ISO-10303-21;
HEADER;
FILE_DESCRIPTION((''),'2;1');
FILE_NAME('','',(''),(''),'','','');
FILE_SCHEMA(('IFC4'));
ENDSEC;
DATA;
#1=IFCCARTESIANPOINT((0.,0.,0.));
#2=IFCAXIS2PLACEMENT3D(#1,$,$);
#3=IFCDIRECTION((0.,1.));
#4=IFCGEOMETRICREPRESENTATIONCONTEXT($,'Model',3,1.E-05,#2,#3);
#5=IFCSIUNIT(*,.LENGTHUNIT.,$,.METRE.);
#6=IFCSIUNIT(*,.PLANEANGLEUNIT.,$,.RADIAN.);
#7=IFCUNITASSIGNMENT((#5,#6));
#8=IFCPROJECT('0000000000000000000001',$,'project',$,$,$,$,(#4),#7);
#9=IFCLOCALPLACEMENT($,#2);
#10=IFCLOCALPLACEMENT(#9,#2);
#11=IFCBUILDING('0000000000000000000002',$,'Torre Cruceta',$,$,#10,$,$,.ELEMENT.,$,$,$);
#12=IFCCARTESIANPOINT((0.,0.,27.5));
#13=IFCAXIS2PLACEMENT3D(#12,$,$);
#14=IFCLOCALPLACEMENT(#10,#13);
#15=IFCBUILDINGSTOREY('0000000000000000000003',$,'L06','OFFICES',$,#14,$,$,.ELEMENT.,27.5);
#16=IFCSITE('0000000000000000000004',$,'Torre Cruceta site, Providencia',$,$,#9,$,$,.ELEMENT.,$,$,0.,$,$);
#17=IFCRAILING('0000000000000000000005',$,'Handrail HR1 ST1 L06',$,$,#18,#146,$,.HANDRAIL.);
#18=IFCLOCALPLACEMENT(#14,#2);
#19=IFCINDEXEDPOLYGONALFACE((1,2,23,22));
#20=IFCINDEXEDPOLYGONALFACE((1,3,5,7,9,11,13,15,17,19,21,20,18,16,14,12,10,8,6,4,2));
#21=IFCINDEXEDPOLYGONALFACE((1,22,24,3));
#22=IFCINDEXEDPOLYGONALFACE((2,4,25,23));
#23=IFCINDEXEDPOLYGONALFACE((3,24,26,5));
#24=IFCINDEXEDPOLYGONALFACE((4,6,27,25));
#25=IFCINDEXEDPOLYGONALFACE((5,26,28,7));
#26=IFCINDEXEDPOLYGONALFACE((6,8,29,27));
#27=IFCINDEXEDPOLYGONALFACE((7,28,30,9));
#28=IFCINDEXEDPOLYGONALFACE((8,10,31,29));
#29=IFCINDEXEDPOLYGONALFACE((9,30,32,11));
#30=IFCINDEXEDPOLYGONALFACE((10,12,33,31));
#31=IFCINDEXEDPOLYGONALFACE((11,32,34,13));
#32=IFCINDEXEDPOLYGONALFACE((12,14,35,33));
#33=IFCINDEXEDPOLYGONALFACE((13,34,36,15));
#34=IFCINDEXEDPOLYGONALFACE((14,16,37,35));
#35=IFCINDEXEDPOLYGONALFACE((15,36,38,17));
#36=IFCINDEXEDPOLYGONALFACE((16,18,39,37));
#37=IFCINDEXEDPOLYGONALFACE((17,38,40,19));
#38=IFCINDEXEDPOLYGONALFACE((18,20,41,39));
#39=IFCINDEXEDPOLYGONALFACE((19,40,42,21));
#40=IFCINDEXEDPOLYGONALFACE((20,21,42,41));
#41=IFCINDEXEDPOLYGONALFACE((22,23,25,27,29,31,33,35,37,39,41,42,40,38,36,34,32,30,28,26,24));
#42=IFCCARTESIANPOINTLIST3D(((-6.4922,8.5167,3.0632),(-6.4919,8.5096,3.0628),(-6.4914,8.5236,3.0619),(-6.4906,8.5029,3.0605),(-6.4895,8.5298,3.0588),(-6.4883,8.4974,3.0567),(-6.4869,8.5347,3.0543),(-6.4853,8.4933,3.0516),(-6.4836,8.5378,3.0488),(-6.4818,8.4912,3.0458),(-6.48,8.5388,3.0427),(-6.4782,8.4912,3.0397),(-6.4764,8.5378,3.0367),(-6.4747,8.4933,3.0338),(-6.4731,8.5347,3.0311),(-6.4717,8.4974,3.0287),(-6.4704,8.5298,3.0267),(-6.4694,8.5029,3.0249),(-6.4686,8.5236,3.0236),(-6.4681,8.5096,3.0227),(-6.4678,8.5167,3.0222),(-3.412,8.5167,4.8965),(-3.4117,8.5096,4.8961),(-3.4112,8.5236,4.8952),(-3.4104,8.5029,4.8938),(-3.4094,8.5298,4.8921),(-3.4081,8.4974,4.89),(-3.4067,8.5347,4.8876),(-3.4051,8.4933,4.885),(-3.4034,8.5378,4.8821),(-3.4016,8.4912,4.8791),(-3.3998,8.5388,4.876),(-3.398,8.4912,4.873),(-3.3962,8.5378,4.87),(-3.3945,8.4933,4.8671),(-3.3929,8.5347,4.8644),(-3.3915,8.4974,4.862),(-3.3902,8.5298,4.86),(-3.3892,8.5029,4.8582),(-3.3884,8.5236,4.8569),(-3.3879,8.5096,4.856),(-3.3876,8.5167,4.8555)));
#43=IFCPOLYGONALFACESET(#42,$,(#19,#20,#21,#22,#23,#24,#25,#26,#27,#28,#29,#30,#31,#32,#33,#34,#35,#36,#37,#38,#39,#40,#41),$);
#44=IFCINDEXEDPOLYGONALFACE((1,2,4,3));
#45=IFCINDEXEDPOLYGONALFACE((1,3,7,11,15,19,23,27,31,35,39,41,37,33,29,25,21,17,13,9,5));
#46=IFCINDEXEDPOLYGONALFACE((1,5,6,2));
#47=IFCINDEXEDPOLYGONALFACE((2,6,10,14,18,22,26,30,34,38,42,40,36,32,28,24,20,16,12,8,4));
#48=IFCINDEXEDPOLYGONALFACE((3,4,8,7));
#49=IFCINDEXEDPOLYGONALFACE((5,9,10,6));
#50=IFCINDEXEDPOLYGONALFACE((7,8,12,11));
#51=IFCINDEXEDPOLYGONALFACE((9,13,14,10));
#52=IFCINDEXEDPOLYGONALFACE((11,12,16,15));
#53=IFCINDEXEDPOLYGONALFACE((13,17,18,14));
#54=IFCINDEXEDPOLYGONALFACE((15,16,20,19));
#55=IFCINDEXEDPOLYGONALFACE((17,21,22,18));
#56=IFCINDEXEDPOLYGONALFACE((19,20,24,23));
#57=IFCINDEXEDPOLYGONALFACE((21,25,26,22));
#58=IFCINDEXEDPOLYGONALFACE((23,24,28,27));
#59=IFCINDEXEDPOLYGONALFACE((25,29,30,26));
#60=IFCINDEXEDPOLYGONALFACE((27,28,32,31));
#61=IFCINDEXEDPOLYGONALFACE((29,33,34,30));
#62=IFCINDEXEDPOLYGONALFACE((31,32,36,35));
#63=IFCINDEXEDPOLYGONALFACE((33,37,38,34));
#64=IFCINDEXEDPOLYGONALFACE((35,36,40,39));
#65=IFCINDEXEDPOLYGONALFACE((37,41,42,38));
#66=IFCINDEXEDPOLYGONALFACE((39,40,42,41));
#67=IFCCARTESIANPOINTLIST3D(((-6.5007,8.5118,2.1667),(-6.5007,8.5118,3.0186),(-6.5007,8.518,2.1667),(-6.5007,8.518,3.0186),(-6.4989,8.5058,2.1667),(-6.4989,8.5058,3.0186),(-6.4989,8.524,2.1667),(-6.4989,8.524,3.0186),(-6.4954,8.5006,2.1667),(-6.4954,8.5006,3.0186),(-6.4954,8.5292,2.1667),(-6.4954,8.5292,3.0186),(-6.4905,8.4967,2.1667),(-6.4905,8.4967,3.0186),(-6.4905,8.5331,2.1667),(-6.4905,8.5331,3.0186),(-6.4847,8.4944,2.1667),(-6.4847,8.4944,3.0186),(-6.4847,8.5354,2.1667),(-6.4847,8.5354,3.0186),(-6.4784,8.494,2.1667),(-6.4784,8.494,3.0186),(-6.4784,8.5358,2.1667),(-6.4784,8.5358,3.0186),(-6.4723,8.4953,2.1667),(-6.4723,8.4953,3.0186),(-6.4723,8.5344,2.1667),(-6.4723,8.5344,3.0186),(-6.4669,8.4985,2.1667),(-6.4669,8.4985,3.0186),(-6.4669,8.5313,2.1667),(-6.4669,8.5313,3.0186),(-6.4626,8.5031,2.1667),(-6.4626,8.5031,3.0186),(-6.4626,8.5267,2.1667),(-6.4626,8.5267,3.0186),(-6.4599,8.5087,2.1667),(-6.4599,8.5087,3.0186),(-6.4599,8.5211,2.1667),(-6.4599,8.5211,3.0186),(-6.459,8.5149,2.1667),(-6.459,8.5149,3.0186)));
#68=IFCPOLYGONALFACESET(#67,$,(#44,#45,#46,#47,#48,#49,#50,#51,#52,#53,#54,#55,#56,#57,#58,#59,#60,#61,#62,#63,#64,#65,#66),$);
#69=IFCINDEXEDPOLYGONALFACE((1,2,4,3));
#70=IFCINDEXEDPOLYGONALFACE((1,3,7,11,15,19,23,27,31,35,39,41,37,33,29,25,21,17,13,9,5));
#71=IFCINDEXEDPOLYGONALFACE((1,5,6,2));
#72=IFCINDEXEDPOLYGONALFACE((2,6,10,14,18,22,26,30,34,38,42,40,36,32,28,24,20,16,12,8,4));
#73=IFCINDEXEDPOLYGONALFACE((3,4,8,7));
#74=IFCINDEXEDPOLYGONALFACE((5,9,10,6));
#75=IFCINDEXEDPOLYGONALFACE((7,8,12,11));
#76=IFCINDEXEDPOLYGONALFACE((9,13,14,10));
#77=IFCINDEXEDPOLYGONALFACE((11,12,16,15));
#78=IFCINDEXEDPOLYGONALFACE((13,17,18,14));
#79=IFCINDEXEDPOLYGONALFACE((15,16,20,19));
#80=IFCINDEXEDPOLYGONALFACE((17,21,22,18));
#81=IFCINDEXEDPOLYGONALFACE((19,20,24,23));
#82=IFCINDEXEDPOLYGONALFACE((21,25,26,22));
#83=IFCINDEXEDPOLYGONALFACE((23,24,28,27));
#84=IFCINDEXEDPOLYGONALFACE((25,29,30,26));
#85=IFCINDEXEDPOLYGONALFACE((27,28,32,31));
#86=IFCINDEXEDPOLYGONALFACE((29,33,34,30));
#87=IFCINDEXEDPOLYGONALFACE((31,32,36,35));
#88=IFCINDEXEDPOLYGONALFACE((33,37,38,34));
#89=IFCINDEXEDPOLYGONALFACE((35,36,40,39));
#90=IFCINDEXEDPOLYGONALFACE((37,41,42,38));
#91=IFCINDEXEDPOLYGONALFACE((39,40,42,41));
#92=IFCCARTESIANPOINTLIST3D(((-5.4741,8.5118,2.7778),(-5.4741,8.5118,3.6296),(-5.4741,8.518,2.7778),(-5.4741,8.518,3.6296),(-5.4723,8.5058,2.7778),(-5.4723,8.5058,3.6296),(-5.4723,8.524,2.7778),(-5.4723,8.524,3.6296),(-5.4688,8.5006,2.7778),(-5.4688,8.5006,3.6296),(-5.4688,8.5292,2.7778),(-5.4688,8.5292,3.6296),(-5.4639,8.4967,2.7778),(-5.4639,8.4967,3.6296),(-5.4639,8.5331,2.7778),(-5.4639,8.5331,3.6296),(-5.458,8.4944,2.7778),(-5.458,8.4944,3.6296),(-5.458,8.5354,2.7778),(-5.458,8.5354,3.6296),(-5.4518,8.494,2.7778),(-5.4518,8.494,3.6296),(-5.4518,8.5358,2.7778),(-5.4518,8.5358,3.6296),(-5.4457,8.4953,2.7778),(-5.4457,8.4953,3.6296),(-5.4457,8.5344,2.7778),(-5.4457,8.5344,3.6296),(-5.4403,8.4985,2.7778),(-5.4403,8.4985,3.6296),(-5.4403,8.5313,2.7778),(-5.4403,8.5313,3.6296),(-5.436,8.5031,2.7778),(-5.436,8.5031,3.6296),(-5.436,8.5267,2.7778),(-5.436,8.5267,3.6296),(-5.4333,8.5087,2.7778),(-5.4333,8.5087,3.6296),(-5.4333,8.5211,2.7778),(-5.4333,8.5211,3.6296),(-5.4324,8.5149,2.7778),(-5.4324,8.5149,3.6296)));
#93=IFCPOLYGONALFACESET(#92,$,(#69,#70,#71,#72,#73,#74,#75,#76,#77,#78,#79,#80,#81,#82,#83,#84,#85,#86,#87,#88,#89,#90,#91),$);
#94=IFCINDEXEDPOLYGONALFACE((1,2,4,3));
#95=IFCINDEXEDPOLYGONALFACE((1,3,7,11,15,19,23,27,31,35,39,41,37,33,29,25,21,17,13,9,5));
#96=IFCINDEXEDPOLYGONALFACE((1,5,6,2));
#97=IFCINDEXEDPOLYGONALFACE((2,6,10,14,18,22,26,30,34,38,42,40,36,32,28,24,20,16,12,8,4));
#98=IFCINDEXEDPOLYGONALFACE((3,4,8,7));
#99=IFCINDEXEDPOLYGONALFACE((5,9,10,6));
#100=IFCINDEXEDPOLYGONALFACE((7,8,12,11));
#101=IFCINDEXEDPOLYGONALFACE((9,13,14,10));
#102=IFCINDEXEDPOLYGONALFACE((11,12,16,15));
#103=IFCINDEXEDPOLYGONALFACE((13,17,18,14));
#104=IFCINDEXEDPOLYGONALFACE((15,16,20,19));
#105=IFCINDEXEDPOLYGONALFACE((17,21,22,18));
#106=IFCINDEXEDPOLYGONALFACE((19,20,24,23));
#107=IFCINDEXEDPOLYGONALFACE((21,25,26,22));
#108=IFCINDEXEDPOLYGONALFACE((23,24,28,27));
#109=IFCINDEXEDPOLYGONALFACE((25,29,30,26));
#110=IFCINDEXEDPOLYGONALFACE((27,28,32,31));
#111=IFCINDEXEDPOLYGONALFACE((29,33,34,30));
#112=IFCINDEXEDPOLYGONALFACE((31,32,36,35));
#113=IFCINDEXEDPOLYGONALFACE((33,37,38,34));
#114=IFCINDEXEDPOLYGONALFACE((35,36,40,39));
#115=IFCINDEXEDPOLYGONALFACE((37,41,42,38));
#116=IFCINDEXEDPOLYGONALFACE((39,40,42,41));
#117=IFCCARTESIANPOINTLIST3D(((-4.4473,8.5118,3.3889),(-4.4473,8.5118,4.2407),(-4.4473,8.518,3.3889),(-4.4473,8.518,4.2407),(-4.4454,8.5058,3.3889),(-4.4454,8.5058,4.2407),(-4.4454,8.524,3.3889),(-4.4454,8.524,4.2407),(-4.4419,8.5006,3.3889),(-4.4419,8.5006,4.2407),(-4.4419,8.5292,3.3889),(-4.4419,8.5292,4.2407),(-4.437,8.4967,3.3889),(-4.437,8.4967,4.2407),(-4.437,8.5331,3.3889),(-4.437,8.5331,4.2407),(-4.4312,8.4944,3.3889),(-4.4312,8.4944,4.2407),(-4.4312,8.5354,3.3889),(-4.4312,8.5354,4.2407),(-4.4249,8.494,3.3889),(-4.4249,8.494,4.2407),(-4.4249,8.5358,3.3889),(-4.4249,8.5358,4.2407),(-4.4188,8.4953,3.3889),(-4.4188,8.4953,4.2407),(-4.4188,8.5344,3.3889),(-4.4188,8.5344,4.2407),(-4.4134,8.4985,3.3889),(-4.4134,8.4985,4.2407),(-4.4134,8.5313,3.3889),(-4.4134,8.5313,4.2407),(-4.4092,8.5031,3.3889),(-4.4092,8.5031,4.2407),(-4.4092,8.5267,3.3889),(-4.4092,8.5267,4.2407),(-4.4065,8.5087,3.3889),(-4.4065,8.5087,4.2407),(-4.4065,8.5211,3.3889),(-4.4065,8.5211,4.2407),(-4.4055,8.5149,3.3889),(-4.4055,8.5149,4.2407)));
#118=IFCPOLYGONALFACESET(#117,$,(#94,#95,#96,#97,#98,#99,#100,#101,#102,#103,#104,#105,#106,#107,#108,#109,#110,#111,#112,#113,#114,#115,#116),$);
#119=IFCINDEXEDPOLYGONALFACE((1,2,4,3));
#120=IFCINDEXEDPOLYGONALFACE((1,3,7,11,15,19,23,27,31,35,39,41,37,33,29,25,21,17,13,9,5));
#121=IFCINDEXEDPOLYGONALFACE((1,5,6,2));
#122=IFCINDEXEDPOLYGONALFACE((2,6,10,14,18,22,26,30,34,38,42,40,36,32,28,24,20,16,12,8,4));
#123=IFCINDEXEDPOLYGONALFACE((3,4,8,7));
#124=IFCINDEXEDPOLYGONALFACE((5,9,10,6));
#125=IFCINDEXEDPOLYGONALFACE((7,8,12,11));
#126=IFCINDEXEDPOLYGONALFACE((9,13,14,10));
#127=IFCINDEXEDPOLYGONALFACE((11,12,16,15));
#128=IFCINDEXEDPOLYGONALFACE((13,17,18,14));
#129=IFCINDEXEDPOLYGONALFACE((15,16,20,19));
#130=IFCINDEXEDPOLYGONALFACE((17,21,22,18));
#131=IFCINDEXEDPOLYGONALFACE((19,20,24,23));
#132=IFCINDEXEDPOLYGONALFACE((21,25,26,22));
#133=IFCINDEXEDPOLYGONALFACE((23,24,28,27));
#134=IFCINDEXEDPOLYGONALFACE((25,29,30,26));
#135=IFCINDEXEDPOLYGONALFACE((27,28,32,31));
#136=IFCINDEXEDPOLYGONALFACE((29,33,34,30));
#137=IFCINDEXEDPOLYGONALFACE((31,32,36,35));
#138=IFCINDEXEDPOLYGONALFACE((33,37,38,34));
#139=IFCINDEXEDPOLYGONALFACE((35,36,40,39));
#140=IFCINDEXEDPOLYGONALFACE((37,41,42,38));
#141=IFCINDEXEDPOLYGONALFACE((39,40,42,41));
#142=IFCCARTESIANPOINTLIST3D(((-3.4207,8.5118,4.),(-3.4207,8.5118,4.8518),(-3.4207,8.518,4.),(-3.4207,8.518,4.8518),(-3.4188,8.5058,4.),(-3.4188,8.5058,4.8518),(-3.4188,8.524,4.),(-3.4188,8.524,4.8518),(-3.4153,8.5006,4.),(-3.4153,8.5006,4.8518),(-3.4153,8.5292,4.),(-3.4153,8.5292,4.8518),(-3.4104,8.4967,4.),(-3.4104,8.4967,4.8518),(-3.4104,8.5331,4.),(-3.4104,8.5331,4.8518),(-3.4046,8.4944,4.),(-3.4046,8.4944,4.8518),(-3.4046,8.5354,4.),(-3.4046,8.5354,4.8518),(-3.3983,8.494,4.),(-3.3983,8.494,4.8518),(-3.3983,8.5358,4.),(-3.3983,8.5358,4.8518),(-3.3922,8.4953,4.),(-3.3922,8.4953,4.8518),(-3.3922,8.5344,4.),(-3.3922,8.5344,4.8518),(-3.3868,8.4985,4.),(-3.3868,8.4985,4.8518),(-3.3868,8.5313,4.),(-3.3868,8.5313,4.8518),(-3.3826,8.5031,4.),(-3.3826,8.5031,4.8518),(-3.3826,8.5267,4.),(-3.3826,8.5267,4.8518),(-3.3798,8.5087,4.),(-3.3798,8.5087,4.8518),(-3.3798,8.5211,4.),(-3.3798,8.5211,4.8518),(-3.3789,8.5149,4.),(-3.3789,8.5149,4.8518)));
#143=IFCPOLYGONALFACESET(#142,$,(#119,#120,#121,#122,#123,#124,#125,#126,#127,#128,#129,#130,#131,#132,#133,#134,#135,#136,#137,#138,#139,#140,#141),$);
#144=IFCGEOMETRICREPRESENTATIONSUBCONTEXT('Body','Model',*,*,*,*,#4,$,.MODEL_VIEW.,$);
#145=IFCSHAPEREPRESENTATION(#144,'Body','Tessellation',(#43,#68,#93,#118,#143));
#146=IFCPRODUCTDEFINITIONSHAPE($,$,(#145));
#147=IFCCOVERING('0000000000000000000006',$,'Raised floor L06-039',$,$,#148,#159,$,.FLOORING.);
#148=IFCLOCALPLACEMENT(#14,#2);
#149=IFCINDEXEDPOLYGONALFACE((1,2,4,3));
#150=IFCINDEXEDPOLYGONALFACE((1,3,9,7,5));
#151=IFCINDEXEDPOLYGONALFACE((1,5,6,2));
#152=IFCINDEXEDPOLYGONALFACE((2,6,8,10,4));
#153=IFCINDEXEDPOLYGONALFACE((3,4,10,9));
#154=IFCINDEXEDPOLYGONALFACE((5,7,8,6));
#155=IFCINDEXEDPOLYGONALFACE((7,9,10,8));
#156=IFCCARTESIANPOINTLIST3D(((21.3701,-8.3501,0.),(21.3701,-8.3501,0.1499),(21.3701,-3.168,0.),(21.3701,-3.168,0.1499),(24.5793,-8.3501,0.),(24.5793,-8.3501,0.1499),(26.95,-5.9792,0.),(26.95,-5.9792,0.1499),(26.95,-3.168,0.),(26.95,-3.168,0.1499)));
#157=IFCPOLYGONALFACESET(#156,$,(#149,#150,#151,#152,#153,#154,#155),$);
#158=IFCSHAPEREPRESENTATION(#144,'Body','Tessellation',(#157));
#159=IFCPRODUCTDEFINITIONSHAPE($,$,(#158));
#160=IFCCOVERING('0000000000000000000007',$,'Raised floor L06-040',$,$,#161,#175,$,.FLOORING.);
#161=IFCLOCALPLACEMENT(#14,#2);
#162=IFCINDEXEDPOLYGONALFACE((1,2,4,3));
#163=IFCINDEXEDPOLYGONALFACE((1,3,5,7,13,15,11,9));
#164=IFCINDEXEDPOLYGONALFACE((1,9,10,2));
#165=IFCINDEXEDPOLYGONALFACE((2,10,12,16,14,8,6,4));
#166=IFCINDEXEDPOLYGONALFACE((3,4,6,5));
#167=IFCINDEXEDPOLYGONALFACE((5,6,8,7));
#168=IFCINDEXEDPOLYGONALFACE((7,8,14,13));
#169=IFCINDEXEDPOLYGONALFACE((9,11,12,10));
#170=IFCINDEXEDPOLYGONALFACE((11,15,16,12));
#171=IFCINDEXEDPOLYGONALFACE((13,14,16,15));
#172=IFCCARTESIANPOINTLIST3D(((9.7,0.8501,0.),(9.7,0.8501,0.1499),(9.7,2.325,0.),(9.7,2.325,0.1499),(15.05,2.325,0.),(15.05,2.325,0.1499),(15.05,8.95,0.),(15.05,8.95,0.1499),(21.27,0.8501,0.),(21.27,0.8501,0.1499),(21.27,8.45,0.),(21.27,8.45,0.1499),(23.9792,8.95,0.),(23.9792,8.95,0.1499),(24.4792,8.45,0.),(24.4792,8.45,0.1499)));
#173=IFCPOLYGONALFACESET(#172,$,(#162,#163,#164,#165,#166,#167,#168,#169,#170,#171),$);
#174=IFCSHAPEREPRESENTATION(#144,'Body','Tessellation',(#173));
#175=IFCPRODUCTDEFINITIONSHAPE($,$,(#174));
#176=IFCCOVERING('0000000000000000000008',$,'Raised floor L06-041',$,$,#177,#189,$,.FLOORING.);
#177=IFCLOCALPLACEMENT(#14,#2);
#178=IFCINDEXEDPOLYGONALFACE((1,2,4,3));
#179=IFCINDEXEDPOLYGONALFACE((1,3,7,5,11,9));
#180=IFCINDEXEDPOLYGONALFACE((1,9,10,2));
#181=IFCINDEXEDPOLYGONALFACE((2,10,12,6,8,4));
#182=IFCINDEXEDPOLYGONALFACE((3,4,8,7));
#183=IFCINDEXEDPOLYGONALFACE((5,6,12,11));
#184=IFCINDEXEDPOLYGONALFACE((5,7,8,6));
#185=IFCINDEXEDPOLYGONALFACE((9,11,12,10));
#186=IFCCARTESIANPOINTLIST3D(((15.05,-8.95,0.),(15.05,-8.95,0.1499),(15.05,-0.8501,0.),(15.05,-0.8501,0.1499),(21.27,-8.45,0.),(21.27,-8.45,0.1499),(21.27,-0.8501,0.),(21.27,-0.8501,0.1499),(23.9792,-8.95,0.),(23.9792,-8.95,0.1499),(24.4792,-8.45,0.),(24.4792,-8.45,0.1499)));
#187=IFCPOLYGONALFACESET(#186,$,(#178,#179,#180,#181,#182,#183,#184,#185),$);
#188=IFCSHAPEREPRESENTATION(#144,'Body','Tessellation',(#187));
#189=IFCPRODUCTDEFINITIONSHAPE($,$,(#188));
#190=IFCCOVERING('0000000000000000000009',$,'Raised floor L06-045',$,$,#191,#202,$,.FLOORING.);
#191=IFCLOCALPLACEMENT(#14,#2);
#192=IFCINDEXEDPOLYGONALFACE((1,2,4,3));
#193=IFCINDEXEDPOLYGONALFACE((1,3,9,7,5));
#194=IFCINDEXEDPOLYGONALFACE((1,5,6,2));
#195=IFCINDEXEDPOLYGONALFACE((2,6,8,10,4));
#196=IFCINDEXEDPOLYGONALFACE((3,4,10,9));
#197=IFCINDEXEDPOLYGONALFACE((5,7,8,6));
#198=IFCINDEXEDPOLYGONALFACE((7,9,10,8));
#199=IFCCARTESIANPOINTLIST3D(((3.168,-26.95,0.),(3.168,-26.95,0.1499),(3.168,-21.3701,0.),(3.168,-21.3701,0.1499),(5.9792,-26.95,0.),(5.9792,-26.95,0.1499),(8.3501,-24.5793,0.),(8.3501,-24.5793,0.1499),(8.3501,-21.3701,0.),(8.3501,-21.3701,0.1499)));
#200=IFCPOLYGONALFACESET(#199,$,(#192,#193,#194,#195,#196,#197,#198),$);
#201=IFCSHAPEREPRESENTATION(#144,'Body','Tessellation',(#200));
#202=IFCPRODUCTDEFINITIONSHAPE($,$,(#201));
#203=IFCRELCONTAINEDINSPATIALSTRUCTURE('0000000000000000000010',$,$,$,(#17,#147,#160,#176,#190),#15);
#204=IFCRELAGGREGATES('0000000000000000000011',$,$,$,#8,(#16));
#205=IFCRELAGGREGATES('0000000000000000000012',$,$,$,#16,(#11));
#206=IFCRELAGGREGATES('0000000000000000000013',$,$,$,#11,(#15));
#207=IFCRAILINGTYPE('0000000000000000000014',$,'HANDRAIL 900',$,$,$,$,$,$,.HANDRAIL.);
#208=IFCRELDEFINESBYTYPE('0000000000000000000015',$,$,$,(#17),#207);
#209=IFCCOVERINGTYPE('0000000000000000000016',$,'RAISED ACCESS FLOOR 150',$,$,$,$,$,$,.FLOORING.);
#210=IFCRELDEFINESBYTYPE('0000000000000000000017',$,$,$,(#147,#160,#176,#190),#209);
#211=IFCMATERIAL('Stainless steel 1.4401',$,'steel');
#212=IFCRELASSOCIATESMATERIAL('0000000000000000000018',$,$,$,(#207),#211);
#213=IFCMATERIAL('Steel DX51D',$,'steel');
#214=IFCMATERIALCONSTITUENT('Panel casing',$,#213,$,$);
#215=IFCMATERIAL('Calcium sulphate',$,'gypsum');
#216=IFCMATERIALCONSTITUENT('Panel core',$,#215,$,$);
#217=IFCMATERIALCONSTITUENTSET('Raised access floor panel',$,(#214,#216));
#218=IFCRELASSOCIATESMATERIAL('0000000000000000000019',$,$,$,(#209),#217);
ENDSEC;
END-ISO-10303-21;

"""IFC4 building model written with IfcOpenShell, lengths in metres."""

from ifc_helpers import new_model, si_unit, direction, frame, origin, origin_2d, place, context, subcontext, project, spatial, polyline, circle, outline, extrude, material, constituent, constituent_set, type_object, element, save


model = new_model("IFC4")

# Units and contexts
model_context = context("Model", 3, precision=1e-05, world=origin(), true_north=direction((0.0, 1.0)))
body_context = subcontext(model_context, "Body", "Model", "MODEL_VIEW")
ifc_project = project(units=[si_unit("LENGTHUNIT", "METRE"), si_unit("PLANEANGLEUNIT", "RADIAN")], contexts=[model_context])

# Site, building, storey
site_placement = place(None, origin())
site = spatial("IfcSite", under=ifc_project, at=site_placement, Name="Torre Cruceta site, Providencia", CompositionType="ELEMENT", RefElevation=0.0)
building_placement = place(site_placement, origin())
building = spatial("IfcBuilding", under=site, at=building_placement, Name="Torre Cruceta", CompositionType="ELEMENT")
storey_placement = place(building_placement, frame((0.0, 0.0, 27.5)))
storey = spatial("IfcBuildingStorey", under=building, at=storey_placement, Name="L06", Description="OFFICES", CompositionType="ELEMENT", Elevation=27.5)

# Railing
ifc_material_1 = material(Name="Stainless steel 1.4401", Category="steel")
railing_type = type_object("IfcRailingType", Name="HANDRAIL 900", PredefinedType="HANDRAIL", material=ifc_material_1)
railing_1_placement = place(storey_placement, frame((-6.48, 8.5149, 2.1667)))
element("IfcRailing", 1, at=railing_1_placement, inside=storey, type_object=railing_type, Name="Handrail HR1 ST1 L06", PredefinedType="HANDRAIL", context=body_context, shape_type="SweptSolid", body=[
    extrude(circle(Radius=0.0239, at=origin_2d()), frame((0.0, 0.0, 0.876), z_axis=(0.859309, 0.0, 0.511458), x_axis=(0.0, 1.0, 0.0)), (0.0, 0.0, 1.0), 3.5845),
    extrude(circle(Radius=0.021, at=origin_2d()), origin(), (0.0, 0.0, 1.0), 0.8518),
    extrude(circle(Radius=0.021, at=origin_2d()), frame((1.0266, 0.0, 0.6111)), (0.0, 0.0, 1.0), 0.8518),
    extrude(circle(Radius=0.021, at=origin_2d()), frame((2.0535, 0.0, 1.2222)), (0.0, 0.0, 1.0), 0.8518),
    extrude(circle(Radius=0.021, at=origin_2d()), frame((3.0801, 0.0, 1.8333)), (0.0, 0.0, 1.0), 0.8518),
])

# Coverings
ifc_material_2 = material(Name="Steel DX51D", Category="steel")
ifc_constituent_1 = constituent(ifc_material_2, Name="Panel casing")
ifc_material_3 = material(Name="Calcium sulphate", Category="gypsum")
ifc_constituent_2 = constituent(ifc_material_3, Name="Panel core")
ifc_constituent_set_1 = constituent_set(constituents=[ifc_constituent_1, ifc_constituent_2], Name="Raised access floor panel")
covering_type_1 = type_object("IfcCoveringType", Name="RAISED ACCESS FLOOR 150", PredefinedType="FLOORING", material=ifc_constituent_set_1)
covering_1_placement = place(storey_placement, origin())
element("IfcCovering", 2, at=covering_1_placement, inside=storey, type_object=covering_type_1, Name="Raised floor L06-039", PredefinedType="FLOORING", context=body_context, shape_type="SweptSolid", body=[
    extrude(outline(polyline([(24.5793, -8.3501), (21.3701, -8.3501), (21.3701, -3.168), (26.95, -3.168), (26.95, -5.9792), (24.5793, -8.3501)])), origin(), (0.0, 0.0, 1.0), 0.1499),
])
covering_2_placement = place(storey_placement, origin())
element("IfcCovering", 3, at=covering_2_placement, inside=storey, type_object=covering_type_1, Name="Raised floor L06-040", PredefinedType="FLOORING", context=body_context, shape_type="SweptSolid", body=[
    extrude(outline(polyline([(9.7, 2.325), (15.05, 2.325), (15.05, 8.95), (23.9792, 8.95), (24.4792, 8.45), (21.27, 8.45), (21.27, 0.8501), (9.7, 0.8501), (9.7, 2.325)])), origin(), (0.0, 0.0, 1.0), 0.1499),
])
covering_3_placement = place(storey_placement, origin())
element("IfcCovering", 4, at=covering_3_placement, inside=storey, type_object=covering_type_1, Name="Raised floor L06-041", PredefinedType="FLOORING", context=body_context, shape_type="SweptSolid", body=[
    extrude(outline(polyline([(15.05, -8.95), (15.05, -0.8501), (21.27, -0.8501), (21.27, -8.45), (24.4792, -8.45), (23.9792, -8.95), (15.05, -8.95)])), origin(), (0.0, 0.0, 1.0), 0.1499),
])
covering_4_placement = place(storey_placement, origin())
element("IfcCovering", 5, at=covering_4_placement, inside=storey, type_object=covering_type_1, Name="Raised floor L06-045", PredefinedType="FLOORING", context=body_context, shape_type="SweptSolid", body=[
    extrude(outline(polyline([(3.168, -26.95), (3.168, -21.3701), (8.3501, -21.3701), (8.3501, -24.5793), (5.9792, -26.95), (3.168, -26.95)])), origin(), (0.0, 0.0, 1.0), 0.1499),
])

save(model, "model.ifc")
